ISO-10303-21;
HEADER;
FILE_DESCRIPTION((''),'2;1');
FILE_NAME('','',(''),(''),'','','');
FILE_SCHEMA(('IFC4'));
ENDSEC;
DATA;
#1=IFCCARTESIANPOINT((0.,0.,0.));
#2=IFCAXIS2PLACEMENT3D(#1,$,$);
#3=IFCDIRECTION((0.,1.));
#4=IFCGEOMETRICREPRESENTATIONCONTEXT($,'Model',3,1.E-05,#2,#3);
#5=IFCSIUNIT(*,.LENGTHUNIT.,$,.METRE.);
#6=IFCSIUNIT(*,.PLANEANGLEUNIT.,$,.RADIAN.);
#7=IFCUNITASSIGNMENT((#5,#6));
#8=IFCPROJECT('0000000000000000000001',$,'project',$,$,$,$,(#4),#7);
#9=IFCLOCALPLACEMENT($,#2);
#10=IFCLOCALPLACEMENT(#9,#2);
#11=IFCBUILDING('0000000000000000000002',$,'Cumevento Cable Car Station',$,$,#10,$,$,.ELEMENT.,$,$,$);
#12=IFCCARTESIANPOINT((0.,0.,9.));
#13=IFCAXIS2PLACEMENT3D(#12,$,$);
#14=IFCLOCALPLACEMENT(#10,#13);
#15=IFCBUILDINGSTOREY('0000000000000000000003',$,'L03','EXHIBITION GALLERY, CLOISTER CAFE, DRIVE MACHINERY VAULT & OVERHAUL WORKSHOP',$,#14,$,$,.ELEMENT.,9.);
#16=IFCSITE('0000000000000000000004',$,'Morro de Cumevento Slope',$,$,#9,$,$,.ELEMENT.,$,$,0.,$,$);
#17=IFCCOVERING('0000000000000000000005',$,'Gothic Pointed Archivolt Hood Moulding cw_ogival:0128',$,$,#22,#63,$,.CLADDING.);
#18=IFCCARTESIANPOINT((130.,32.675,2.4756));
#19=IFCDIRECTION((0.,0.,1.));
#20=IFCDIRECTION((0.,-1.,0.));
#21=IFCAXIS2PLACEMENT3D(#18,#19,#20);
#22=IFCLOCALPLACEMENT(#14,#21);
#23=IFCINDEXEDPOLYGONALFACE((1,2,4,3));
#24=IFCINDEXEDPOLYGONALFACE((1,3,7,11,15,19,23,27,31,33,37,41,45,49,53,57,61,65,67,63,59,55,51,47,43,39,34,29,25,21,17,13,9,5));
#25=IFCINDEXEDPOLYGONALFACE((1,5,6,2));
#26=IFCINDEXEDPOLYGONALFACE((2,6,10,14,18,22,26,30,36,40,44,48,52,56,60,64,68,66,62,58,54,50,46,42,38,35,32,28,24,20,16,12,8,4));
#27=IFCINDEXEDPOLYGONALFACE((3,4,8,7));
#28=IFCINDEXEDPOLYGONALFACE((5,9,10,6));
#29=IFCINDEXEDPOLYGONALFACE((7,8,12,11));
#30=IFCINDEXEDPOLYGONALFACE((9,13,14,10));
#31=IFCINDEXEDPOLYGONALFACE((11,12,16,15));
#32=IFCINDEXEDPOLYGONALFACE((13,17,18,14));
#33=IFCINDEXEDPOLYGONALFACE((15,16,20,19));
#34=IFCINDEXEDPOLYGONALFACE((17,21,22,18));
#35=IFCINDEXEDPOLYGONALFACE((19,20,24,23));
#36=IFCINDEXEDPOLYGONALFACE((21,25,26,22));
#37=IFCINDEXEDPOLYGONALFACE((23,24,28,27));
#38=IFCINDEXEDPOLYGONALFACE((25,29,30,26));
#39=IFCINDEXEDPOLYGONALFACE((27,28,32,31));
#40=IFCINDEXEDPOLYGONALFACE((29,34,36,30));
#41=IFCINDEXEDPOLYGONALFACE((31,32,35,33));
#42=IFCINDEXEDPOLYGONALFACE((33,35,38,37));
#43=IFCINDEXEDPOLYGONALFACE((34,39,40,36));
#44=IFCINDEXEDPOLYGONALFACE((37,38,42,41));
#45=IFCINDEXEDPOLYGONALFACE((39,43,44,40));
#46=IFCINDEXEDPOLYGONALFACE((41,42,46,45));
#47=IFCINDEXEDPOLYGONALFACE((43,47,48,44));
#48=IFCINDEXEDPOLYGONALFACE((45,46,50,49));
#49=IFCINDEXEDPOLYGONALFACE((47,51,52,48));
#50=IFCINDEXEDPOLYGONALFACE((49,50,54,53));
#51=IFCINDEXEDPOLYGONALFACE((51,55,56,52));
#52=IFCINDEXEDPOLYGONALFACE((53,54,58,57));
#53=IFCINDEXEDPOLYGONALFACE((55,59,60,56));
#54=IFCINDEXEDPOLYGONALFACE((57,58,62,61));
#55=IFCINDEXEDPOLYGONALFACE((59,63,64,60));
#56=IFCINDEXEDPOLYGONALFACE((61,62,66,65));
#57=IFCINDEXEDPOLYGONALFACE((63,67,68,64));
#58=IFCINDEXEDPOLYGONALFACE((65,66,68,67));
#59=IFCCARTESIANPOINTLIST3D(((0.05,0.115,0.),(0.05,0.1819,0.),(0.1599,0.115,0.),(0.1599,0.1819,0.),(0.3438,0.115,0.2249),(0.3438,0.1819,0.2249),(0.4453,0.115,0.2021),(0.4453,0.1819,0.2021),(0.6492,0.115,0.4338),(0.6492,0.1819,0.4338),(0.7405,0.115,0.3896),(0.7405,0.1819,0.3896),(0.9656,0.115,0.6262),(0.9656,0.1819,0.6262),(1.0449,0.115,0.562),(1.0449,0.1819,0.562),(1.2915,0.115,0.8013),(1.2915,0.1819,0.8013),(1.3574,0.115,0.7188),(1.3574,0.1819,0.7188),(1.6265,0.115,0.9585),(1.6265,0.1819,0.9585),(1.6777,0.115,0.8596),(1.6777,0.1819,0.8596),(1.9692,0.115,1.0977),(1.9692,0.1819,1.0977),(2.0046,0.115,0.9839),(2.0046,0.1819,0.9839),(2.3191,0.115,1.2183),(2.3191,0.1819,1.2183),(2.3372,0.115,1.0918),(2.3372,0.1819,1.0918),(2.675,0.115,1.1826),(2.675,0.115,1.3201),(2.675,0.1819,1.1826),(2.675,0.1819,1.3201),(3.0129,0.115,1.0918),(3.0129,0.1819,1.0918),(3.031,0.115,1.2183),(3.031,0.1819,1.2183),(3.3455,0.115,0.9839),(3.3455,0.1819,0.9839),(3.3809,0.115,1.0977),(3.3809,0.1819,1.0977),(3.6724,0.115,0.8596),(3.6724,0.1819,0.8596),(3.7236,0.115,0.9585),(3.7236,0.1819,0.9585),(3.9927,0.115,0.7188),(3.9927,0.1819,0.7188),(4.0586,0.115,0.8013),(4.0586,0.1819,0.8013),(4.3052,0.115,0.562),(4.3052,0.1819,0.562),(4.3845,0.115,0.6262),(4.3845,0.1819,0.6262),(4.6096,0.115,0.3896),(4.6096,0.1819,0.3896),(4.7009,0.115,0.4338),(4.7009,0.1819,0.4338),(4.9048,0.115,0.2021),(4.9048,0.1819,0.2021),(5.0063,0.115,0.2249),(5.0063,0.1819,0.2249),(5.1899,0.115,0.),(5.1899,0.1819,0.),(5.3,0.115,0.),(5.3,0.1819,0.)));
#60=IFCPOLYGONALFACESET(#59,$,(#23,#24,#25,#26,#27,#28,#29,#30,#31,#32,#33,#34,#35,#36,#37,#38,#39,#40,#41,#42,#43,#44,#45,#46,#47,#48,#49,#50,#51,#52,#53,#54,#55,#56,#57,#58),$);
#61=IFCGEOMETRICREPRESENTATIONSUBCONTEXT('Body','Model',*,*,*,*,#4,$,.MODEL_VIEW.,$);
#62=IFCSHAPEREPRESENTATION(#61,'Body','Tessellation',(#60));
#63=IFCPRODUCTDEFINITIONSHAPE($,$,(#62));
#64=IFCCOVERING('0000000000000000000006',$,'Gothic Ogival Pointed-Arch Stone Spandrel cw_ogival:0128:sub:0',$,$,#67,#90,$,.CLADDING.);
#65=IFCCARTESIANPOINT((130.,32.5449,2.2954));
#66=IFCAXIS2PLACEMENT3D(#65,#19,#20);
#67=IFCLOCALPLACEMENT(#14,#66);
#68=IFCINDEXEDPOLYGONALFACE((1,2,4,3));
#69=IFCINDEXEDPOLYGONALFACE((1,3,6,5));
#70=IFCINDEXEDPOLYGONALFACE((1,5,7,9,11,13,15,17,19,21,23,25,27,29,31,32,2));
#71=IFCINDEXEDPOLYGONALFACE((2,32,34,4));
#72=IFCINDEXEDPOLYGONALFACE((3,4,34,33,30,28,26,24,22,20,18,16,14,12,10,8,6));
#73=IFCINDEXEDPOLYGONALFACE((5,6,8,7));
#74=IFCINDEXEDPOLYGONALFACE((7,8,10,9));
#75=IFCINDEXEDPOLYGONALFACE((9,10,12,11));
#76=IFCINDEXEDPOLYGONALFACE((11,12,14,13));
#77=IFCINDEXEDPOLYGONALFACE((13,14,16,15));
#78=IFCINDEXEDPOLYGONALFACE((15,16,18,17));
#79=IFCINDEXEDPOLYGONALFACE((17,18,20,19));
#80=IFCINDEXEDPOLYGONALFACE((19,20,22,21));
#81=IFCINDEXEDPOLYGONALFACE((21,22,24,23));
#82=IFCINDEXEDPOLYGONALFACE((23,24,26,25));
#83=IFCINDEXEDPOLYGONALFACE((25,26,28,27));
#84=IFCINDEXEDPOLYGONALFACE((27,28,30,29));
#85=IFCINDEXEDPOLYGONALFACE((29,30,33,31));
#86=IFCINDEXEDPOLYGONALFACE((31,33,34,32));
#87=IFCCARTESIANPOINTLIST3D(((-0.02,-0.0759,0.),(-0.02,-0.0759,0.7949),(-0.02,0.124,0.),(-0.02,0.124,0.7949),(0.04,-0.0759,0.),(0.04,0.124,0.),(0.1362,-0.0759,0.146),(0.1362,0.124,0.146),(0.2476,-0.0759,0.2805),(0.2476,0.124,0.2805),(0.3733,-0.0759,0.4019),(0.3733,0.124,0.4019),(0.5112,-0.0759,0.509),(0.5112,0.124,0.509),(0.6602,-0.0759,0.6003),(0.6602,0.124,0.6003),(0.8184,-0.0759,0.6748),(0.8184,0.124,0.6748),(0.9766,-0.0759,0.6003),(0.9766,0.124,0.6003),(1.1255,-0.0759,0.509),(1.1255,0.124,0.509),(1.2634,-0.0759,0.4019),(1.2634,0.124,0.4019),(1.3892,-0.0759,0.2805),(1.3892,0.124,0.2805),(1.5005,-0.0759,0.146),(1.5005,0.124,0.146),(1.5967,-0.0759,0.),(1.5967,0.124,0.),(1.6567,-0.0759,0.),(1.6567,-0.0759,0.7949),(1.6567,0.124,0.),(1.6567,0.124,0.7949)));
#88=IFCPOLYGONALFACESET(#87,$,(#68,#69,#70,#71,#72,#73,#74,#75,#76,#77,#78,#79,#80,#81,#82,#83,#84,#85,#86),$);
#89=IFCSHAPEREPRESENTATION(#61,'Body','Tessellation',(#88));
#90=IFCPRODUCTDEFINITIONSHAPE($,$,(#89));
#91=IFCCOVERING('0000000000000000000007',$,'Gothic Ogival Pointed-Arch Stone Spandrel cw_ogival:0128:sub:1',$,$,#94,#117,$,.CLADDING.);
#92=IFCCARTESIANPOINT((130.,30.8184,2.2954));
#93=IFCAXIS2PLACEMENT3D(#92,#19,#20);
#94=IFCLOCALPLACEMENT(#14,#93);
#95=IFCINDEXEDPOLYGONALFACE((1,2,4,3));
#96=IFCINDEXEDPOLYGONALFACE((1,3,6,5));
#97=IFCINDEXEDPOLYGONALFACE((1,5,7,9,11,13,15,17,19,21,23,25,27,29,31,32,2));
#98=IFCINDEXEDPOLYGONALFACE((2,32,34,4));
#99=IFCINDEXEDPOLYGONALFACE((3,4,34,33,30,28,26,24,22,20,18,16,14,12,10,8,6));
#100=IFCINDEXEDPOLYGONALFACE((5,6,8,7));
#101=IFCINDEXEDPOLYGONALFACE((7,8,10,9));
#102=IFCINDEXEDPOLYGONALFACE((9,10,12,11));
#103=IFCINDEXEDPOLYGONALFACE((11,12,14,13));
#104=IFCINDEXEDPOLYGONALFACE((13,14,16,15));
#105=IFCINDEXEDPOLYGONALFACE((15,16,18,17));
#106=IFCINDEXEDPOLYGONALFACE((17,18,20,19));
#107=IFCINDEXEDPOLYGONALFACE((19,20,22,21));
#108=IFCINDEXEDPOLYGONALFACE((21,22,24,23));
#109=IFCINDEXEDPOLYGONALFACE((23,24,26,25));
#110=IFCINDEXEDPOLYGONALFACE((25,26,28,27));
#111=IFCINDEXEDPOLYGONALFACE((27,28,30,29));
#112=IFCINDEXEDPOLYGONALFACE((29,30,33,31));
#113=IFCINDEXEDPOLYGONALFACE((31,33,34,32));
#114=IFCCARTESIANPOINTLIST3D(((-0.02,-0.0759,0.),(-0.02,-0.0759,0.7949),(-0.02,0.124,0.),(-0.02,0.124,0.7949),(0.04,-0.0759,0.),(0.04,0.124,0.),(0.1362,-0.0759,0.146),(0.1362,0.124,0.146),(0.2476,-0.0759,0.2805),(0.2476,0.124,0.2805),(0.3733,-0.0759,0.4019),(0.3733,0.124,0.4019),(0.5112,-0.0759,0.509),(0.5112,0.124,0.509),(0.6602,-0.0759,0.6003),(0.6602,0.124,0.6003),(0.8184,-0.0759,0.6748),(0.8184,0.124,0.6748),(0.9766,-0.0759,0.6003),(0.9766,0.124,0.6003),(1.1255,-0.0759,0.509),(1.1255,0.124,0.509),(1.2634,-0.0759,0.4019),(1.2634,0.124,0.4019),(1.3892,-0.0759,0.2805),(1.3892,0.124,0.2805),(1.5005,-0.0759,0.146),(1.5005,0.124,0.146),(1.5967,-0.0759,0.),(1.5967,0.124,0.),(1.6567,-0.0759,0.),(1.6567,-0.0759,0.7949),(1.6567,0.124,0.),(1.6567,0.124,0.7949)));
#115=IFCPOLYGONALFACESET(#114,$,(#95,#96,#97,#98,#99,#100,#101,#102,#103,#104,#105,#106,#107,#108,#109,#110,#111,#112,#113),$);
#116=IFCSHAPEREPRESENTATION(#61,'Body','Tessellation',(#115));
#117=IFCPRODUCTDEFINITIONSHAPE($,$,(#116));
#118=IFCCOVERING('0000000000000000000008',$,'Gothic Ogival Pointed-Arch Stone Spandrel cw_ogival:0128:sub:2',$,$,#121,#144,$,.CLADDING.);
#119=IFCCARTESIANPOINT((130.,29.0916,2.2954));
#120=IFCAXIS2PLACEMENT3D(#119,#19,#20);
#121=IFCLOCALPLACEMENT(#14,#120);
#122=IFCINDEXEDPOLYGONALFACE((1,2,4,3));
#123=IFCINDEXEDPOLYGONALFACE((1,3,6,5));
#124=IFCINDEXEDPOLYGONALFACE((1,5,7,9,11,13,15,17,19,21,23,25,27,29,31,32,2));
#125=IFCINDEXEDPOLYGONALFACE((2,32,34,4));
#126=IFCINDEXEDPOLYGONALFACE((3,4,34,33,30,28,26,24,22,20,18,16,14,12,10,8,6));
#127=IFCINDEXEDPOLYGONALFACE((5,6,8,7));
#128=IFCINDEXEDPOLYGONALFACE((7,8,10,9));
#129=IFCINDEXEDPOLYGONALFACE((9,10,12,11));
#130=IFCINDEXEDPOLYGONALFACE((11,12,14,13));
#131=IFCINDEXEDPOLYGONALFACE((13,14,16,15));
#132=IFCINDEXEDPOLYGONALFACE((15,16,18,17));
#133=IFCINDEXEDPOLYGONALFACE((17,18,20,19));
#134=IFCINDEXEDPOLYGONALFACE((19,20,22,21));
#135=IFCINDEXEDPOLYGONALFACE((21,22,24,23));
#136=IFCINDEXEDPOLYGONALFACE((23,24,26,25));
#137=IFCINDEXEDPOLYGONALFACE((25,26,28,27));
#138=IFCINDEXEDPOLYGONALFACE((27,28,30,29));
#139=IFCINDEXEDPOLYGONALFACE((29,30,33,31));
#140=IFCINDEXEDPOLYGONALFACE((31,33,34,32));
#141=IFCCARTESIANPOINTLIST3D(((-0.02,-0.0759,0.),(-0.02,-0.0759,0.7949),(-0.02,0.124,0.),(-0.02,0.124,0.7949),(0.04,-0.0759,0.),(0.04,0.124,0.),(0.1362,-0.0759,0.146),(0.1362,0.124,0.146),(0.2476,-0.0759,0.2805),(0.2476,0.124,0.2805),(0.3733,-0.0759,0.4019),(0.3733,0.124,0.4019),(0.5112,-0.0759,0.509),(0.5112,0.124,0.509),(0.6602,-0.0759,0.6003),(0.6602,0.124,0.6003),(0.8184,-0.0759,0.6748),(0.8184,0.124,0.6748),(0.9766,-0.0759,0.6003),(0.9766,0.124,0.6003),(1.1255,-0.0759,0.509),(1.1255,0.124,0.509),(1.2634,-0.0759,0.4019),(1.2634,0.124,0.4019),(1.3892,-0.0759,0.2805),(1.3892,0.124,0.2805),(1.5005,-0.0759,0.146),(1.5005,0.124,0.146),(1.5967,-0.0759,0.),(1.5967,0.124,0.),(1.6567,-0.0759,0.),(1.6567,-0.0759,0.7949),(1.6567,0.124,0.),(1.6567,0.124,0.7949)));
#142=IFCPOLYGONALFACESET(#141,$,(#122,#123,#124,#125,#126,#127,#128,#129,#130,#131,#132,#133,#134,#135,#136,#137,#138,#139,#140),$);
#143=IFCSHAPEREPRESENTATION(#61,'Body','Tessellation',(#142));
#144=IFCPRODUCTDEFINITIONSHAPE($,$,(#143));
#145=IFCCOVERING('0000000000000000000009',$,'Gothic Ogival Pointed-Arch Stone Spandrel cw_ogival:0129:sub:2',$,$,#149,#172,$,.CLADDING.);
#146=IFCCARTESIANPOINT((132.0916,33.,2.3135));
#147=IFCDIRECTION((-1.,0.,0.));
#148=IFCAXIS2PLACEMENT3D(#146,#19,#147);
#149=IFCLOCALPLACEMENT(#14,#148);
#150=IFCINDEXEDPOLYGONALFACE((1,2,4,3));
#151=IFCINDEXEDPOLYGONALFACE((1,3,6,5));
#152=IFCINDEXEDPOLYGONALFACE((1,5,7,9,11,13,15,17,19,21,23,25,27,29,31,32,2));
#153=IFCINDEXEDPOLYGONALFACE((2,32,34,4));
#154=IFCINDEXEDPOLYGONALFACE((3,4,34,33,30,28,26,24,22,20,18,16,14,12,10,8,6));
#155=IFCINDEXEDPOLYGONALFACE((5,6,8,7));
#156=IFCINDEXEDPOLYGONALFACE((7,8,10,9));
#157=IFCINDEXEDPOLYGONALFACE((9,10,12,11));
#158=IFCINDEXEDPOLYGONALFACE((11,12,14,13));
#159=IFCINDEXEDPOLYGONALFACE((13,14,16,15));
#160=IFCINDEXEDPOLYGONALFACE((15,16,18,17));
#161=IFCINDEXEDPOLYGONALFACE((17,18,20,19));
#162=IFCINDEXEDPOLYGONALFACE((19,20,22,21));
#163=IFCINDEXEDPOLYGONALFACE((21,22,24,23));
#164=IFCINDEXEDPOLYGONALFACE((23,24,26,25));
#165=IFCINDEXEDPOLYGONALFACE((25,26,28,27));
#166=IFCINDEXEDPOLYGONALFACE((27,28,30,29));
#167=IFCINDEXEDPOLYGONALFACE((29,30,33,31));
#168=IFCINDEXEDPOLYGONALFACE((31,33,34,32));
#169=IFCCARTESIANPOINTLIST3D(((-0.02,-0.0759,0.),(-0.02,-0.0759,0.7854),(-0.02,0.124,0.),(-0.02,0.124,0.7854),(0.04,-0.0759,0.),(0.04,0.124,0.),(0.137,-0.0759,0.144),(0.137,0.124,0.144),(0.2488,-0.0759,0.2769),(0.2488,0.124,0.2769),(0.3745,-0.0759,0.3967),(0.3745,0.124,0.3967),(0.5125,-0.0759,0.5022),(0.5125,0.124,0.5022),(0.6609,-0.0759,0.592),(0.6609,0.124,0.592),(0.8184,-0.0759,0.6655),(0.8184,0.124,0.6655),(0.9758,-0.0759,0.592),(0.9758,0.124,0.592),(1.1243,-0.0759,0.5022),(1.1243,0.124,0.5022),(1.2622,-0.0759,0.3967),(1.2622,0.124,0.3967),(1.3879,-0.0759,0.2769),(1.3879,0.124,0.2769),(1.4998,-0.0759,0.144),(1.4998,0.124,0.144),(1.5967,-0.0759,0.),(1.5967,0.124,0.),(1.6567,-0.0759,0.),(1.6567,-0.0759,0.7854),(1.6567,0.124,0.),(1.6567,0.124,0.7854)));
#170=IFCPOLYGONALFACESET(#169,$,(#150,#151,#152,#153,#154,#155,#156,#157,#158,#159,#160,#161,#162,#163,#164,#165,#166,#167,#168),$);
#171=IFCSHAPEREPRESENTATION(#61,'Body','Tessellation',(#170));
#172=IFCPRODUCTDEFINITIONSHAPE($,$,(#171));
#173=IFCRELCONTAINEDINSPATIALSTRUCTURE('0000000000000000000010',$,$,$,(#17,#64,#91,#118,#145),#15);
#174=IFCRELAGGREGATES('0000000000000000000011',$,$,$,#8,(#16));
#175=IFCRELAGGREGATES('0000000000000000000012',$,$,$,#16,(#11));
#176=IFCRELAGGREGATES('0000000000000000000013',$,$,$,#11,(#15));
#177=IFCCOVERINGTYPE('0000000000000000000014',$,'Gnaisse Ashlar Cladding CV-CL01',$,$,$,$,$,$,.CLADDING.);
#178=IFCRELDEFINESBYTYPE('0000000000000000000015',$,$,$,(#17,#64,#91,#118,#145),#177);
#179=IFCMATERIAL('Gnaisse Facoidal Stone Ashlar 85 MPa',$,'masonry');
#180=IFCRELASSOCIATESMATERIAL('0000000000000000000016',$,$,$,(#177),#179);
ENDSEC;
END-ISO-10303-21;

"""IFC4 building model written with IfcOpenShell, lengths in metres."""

from ifc_helpers import new_model, si_unit, direction, frame, origin, place, context, subcontext, project, spatial, polyline, outline, extrude, material, type_object, element, save


model = new_model("IFC4")

# Units and contexts
model_context = context("Model", 3, precision=1e-05, world=origin(), true_north=direction((0.0, 1.0)))
body_context = subcontext(model_context, "Body", "Model", "MODEL_VIEW")
ifc_project = project(units=[si_unit("LENGTHUNIT", "METRE"), si_unit("PLANEANGLEUNIT", "RADIAN")], contexts=[model_context])

# Site, building, storey
site_placement = place(None, origin())
site = spatial("IfcSite", under=ifc_project, at=site_placement, Name="Morro de Cumevento Slope", CompositionType="ELEMENT", RefElevation=0.0)
building_placement = place(site_placement, origin())
building = spatial("IfcBuilding", under=site, at=building_placement, Name="Cumevento Cable Car Station", CompositionType="ELEMENT")
storey_placement = place(building_placement, frame((0.0, 0.0, 9.0)))
storey = spatial("IfcBuildingStorey", under=building, at=storey_placement, Name="L03", Description="EXHIBITION GALLERY, CLOISTER CAFE, DRIVE MACHINERY VAULT & OVERHAUL WORKSHOP", CompositionType="ELEMENT", Elevation=9.0)

# Coverings
ifc_material_1 = material(Name="Gnaisse Facoidal Stone Ashlar 85 MPa", Category="masonry")
covering_type = type_object("IfcCoveringType", Name="Gnaisse Ashlar Cladding CV-CL01", PredefinedType="CLADDING", material=ifc_material_1)
covering_1_placement = place(storey_placement, frame((130.0, 32.675, 2.4756), z_axis=(0.0, 0.0, 1.0), x_axis=(0.0, -1.0, 0.0)))
element("IfcCovering", 1, at=covering_1_placement, inside=storey, type_object=covering_type, Name="Gothic Pointed Archivolt Hood Moulding cw_ogival:0128", PredefinedType="CLADDING", context=body_context, shape_type="SweptSolid", body=[
    extrude(outline(polyline([(0.1599, 0.0), (0.4453, 0.2021), (0.7405, 0.3896), (1.0449, 0.562), (1.3574, 0.7188), (1.6777, 0.8596), (2.0046, 0.9839), (2.3372, 1.0918), (2.675, 1.1826), (3.0129, 1.0918), (3.3455, 0.9839), (3.6724, 0.8596), (3.9927, 0.7188), (4.3052, 0.562), (4.6096, 0.3896), (4.9048, 0.2021), (5.1899, 0.0), (5.3, 0.0), (5.0063, 0.2249), (4.7009, 0.4338), (4.3845, 0.6262), (4.0586, 0.8013), (3.7236, 0.9585), (3.3809, 1.0977), (3.031, 1.2183), (2.675, 1.3201), (2.3191, 1.2183), (1.9692, 1.0977), (1.6265, 0.9585), (1.2915, 0.8013), (0.9656, 0.6262), (0.6492, 0.4338), (0.3438, 0.2249), (0.05, 0.0), (0.1599, 0.0)])), frame((0.0, 0.1819, 0.0), z_axis=(0.0, -1.0, 0.0), x_axis=(1.0, 0.0, 0.0)), (0.0, 0.0, 1.0), 0.0669),
])
for number, where, z_axis, x_axis, name in (
    (2, (130.0, 32.5449, 2.2954), (0.0, 0.0, 1.0), (0.0, -1.0, 0.0), "Gothic Ogival Pointed-Arch Stone Spandrel cw_ogival:0128:sub:0"),
    (3, (130.0, 30.8184, 2.2954), (0.0, 0.0, 1.0), (0.0, -1.0, 0.0), "Gothic Ogival Pointed-Arch Stone Spandrel cw_ogival:0128:sub:1"),
    (4, (130.0, 29.0916, 2.2954), (0.0, 0.0, 1.0), (0.0, -1.0, 0.0), "Gothic Ogival Pointed-Arch Stone Spandrel cw_ogival:0128:sub:2"),
):
    element("IfcCovering", number, at=place(storey_placement, frame(where, z_axis=z_axis, x_axis=x_axis)), inside=storey, type_object=covering_type, Name=name, PredefinedType="CLADDING", context=body_context, shape_type="SweptSolid", body=[
        extrude(outline(polyline([(-0.02, 0.0), (-0.02, 0.7949), (1.6567, 0.7949), (1.6567, 0.0), (1.5967, 0.0), (1.5005, 0.146), (1.3892, 0.2805), (1.2634, 0.4019), (1.1255, 0.509), (0.9766, 0.6003), (0.8184, 0.6748), (0.6602, 0.6003), (0.5112, 0.509), (0.3733, 0.4019), (0.2476, 0.2805), (0.1362, 0.146), (0.04, 0.0), (-0.02, 0.0)])), frame((0.0, 0.124, 0.0), z_axis=(0.0, -1.0, 0.0), x_axis=(1.0, 0.0, 0.0)), (0.0, 0.0, 1.0), 0.2),
    ])
covering_2_placement = place(storey_placement, frame((132.0916, 33.0, 2.3135), z_axis=(0.0, 0.0, 1.0), x_axis=(-1.0, 0.0, 0.0)))
element("IfcCovering", 5, at=covering_2_placement, inside=storey, type_object=covering_type, Name="Gothic Ogival Pointed-Arch Stone Spandrel cw_ogival:0129:sub:2", PredefinedType="CLADDING", context=body_context, shape_type="SweptSolid", body=[
    extrude(outline(polyline([(-0.02, 0.0), (-0.02, 0.7854), (1.6567, 0.7854), (1.6567, 0.0), (1.5967, 0.0), (1.4998, 0.144), (1.3879, 0.2769), (1.2622, 0.3967), (1.1243, 0.5022), (0.9758, 0.592), (0.8184, 0.6655), (0.6609, 0.592), (0.5125, 0.5022), (0.3745, 0.3967), (0.2488, 0.2769), (0.137, 0.144), (0.04, 0.0), (-0.02, 0.0)])), frame((0.0, 0.124, 0.0), z_axis=(0.0, -1.0, 0.0), x_axis=(1.0, 0.0, 0.0)), (0.0, 0.0, 1.0), 0.2),
])

save(model, "model.ifc")
